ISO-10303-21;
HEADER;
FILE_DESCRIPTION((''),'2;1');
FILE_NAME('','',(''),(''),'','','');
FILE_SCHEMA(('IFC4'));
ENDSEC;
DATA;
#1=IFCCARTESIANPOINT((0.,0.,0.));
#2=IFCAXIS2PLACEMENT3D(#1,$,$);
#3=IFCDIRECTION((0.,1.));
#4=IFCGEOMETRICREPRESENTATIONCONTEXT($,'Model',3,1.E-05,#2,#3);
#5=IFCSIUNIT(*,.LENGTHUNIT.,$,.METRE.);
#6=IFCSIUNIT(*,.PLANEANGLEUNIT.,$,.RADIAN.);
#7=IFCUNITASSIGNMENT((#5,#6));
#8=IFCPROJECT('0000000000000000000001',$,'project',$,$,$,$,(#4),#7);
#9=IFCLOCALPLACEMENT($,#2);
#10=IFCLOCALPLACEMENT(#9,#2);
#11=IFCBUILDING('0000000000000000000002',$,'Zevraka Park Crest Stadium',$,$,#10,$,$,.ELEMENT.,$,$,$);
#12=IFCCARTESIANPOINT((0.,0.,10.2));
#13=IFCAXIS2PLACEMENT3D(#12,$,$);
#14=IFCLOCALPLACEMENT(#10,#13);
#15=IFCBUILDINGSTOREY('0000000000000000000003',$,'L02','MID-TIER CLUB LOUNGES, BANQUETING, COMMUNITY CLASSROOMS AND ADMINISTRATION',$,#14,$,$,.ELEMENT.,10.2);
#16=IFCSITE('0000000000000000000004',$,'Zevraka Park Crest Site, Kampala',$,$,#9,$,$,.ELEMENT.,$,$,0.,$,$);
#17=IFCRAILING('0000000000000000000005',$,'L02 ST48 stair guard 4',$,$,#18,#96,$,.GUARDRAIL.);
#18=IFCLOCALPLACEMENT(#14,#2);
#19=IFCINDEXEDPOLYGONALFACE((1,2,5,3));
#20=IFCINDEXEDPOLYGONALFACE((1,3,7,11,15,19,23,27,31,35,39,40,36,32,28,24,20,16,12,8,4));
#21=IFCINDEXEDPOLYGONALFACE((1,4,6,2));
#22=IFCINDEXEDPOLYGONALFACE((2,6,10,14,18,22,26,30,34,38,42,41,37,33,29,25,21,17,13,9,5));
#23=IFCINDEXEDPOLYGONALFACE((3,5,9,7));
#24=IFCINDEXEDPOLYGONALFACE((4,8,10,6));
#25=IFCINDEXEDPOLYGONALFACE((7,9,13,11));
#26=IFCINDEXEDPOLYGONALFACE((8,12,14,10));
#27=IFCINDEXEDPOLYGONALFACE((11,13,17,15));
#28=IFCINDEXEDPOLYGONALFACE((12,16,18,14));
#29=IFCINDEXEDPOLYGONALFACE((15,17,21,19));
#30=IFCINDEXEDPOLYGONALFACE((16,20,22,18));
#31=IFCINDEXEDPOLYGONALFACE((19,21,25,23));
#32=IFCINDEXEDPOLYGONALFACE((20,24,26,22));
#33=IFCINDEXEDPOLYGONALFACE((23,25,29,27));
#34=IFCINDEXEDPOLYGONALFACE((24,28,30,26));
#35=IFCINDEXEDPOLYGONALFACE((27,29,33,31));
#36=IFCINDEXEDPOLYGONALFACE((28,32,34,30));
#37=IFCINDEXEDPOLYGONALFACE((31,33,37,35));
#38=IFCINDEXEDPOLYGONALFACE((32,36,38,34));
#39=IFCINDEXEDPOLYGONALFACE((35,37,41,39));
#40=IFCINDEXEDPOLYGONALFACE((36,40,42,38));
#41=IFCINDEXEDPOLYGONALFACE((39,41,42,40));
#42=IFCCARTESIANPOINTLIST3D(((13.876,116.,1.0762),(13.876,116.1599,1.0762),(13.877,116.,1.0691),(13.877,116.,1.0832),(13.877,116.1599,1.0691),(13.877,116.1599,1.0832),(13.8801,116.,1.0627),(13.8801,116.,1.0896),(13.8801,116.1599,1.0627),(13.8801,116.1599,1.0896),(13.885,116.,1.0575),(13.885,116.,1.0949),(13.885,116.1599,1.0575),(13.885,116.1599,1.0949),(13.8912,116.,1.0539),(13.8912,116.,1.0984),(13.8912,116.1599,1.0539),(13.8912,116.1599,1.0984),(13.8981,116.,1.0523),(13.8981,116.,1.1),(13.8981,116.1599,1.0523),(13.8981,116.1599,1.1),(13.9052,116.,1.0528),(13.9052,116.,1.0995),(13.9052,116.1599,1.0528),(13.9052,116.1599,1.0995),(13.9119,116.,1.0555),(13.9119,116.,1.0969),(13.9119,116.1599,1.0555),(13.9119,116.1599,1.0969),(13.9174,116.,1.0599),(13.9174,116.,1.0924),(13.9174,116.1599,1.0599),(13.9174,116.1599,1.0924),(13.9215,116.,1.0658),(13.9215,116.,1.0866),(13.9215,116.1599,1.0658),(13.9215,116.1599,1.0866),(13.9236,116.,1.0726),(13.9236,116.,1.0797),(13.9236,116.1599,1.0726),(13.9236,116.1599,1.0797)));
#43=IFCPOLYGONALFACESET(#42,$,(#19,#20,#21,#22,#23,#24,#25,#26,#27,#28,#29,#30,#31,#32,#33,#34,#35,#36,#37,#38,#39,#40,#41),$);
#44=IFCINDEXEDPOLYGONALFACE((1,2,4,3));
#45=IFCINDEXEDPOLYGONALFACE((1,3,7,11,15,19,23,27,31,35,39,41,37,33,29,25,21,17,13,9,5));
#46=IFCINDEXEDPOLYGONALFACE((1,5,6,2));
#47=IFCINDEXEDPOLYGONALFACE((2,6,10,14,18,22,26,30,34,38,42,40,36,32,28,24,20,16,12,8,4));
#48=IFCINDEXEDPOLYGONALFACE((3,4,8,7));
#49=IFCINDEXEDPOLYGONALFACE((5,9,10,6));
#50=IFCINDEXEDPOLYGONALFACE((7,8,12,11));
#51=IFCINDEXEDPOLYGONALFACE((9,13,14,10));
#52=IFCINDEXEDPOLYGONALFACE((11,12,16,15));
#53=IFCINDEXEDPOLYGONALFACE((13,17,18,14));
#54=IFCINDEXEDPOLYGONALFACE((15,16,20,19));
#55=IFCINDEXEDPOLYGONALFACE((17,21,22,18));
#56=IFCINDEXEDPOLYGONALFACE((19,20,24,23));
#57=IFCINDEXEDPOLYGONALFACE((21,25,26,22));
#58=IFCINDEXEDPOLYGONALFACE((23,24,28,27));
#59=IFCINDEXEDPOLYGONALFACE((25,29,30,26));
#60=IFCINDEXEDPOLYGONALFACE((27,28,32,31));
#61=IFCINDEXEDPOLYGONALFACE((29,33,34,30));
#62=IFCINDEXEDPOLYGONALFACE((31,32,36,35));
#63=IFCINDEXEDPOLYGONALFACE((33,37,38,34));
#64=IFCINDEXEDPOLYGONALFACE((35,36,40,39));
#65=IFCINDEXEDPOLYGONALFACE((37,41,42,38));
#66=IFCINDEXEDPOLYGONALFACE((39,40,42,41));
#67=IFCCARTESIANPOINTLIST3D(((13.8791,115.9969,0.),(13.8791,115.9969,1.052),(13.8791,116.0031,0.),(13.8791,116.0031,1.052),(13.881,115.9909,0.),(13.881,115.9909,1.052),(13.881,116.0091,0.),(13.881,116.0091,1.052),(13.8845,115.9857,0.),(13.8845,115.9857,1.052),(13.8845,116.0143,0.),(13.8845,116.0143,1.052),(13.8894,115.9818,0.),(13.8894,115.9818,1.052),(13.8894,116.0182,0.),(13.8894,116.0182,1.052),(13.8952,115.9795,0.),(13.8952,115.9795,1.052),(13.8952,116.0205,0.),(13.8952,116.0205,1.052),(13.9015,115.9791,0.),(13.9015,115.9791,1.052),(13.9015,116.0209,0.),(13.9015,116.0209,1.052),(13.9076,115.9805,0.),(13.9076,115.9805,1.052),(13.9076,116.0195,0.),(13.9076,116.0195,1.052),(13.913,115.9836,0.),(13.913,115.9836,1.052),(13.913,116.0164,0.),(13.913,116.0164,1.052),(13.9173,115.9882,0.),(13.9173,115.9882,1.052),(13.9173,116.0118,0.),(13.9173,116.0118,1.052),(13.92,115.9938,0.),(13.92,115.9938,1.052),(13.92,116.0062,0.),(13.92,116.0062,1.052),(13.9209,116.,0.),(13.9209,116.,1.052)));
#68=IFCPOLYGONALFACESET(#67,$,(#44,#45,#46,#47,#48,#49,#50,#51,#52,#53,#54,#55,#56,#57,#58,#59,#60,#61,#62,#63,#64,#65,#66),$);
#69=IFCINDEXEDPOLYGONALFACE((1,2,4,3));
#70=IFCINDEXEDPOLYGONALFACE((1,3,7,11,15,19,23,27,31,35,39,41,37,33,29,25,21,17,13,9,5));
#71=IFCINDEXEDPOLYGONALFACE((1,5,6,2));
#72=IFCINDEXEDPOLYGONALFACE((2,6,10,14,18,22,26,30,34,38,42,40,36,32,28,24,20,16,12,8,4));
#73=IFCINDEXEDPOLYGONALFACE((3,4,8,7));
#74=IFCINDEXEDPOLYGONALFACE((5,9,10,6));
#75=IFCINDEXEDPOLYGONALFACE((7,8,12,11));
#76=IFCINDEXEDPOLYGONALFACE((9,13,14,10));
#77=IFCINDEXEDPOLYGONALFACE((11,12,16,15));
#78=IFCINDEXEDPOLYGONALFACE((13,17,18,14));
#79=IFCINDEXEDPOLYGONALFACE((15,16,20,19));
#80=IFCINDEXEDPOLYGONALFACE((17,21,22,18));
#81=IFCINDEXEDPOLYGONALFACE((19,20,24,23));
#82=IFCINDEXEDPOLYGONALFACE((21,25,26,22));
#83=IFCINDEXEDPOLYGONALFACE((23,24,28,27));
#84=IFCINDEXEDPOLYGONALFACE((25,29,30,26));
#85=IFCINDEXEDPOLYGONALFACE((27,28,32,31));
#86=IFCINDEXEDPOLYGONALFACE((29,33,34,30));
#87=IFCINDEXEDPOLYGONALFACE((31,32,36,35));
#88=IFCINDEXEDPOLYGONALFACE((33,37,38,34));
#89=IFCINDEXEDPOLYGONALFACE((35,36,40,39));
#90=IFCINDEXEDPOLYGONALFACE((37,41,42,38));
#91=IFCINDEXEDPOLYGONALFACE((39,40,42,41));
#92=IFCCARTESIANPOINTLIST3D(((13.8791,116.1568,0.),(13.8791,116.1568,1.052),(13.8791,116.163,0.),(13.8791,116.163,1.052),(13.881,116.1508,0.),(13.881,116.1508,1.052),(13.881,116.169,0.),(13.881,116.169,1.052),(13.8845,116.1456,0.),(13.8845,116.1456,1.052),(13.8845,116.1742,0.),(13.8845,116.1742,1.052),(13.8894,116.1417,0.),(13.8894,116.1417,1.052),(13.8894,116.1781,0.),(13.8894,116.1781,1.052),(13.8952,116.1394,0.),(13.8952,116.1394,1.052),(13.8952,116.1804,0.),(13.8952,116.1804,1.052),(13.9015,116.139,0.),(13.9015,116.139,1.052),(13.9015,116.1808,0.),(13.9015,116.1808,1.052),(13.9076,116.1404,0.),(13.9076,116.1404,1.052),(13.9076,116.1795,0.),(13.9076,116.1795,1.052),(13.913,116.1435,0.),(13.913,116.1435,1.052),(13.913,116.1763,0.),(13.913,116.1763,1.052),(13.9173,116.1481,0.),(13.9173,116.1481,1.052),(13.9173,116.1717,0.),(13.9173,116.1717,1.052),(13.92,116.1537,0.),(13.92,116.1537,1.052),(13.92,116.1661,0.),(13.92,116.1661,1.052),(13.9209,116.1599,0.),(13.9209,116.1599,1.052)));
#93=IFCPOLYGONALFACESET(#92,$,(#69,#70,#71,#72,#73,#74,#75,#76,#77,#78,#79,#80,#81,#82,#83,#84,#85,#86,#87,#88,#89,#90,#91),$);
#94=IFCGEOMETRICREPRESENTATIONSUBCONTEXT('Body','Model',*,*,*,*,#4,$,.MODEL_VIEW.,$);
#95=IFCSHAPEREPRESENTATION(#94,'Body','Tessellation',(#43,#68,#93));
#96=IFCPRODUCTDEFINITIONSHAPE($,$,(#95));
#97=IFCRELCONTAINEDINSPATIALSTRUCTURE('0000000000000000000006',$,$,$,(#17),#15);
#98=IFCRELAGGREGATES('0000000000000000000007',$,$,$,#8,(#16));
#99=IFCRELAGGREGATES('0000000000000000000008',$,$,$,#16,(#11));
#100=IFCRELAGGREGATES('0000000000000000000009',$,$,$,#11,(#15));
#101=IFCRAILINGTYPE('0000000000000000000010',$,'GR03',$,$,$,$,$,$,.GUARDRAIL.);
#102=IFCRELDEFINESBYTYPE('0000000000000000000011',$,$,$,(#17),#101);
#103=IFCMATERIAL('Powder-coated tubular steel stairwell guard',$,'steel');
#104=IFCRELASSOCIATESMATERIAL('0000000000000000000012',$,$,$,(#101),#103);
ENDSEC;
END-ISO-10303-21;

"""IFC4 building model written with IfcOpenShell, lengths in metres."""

from ifc_helpers import new_model, si_unit, direction, frame, origin, origin_2d, place, context, subcontext, project, spatial, circle, extrude, material, type_object, element, save


model = new_model("IFC4")

# Units and contexts
model_context = context("Model", 3, precision=1e-05, world=origin(), true_north=direction((0.0, 1.0)))
body_context = subcontext(model_context, "Body", "Model", "MODEL_VIEW")
ifc_project = project(units=[si_unit("LENGTHUNIT", "METRE"), si_unit("PLANEANGLEUNIT", "RADIAN")], contexts=[model_context])

# Site, building, storey
site_placement = place(None, origin())
site = spatial("IfcSite", under=ifc_project, at=site_placement, Name="Zevraka Park Crest Site, Kampala", CompositionType="ELEMENT", RefElevation=0.0)
building_placement = place(site_placement, origin())
building = spatial("IfcBuilding", under=site, at=building_placement, Name="Zevraka Park Crest Stadium", CompositionType="ELEMENT")
storey_placement = place(building_placement, frame((0.0, 0.0, 10.2)))
storey = spatial("IfcBuildingStorey", under=building, at=storey_placement, Name="L02", Description="MID-TIER CLUB LOUNGES, BANQUETING, COMMUNITY CLASSROOMS AND ADMINISTRATION", CompositionType="ELEMENT", Elevation=10.2)

# Railing
ifc_material_1 = material(Name="Powder-coated tubular steel stairwell guard", Category="steel")
railing_type_1 = type_object("IfcRailingType", Name="GR03", PredefinedType="GUARDRAIL", material=ifc_material_1)
railing_1_placement = place(storey_placement, frame((13.8999, 116.0, 0.0)))
element("IfcRailing", 1, at=railing_1_placement, inside=storey, type_object=railing_type_1, Name="L02 ST48 stair guard 4", PredefinedType="GUARDRAIL", context=body_context, shape_type="SweptSolid", body=[
    extrude(circle(Radius=0.0239, at=origin_2d()), frame((0.0, 0.0, 1.0762), z_axis=(0.0, 1.0, 0.0), x_axis=(-1.0, 0.0, 0.0)), (0.0, 0.0, 1.0), 0.1599),
    extrude(circle(Radius=0.021, at=origin_2d()), origin(), (0.0, 0.0, 1.0), 1.052),
    extrude(circle(Radius=0.021, at=origin_2d()), frame((0.0, 0.1599, 0.0)), (0.0, 0.0, 1.0), 1.052),
])

save(model, "model.ifc")
